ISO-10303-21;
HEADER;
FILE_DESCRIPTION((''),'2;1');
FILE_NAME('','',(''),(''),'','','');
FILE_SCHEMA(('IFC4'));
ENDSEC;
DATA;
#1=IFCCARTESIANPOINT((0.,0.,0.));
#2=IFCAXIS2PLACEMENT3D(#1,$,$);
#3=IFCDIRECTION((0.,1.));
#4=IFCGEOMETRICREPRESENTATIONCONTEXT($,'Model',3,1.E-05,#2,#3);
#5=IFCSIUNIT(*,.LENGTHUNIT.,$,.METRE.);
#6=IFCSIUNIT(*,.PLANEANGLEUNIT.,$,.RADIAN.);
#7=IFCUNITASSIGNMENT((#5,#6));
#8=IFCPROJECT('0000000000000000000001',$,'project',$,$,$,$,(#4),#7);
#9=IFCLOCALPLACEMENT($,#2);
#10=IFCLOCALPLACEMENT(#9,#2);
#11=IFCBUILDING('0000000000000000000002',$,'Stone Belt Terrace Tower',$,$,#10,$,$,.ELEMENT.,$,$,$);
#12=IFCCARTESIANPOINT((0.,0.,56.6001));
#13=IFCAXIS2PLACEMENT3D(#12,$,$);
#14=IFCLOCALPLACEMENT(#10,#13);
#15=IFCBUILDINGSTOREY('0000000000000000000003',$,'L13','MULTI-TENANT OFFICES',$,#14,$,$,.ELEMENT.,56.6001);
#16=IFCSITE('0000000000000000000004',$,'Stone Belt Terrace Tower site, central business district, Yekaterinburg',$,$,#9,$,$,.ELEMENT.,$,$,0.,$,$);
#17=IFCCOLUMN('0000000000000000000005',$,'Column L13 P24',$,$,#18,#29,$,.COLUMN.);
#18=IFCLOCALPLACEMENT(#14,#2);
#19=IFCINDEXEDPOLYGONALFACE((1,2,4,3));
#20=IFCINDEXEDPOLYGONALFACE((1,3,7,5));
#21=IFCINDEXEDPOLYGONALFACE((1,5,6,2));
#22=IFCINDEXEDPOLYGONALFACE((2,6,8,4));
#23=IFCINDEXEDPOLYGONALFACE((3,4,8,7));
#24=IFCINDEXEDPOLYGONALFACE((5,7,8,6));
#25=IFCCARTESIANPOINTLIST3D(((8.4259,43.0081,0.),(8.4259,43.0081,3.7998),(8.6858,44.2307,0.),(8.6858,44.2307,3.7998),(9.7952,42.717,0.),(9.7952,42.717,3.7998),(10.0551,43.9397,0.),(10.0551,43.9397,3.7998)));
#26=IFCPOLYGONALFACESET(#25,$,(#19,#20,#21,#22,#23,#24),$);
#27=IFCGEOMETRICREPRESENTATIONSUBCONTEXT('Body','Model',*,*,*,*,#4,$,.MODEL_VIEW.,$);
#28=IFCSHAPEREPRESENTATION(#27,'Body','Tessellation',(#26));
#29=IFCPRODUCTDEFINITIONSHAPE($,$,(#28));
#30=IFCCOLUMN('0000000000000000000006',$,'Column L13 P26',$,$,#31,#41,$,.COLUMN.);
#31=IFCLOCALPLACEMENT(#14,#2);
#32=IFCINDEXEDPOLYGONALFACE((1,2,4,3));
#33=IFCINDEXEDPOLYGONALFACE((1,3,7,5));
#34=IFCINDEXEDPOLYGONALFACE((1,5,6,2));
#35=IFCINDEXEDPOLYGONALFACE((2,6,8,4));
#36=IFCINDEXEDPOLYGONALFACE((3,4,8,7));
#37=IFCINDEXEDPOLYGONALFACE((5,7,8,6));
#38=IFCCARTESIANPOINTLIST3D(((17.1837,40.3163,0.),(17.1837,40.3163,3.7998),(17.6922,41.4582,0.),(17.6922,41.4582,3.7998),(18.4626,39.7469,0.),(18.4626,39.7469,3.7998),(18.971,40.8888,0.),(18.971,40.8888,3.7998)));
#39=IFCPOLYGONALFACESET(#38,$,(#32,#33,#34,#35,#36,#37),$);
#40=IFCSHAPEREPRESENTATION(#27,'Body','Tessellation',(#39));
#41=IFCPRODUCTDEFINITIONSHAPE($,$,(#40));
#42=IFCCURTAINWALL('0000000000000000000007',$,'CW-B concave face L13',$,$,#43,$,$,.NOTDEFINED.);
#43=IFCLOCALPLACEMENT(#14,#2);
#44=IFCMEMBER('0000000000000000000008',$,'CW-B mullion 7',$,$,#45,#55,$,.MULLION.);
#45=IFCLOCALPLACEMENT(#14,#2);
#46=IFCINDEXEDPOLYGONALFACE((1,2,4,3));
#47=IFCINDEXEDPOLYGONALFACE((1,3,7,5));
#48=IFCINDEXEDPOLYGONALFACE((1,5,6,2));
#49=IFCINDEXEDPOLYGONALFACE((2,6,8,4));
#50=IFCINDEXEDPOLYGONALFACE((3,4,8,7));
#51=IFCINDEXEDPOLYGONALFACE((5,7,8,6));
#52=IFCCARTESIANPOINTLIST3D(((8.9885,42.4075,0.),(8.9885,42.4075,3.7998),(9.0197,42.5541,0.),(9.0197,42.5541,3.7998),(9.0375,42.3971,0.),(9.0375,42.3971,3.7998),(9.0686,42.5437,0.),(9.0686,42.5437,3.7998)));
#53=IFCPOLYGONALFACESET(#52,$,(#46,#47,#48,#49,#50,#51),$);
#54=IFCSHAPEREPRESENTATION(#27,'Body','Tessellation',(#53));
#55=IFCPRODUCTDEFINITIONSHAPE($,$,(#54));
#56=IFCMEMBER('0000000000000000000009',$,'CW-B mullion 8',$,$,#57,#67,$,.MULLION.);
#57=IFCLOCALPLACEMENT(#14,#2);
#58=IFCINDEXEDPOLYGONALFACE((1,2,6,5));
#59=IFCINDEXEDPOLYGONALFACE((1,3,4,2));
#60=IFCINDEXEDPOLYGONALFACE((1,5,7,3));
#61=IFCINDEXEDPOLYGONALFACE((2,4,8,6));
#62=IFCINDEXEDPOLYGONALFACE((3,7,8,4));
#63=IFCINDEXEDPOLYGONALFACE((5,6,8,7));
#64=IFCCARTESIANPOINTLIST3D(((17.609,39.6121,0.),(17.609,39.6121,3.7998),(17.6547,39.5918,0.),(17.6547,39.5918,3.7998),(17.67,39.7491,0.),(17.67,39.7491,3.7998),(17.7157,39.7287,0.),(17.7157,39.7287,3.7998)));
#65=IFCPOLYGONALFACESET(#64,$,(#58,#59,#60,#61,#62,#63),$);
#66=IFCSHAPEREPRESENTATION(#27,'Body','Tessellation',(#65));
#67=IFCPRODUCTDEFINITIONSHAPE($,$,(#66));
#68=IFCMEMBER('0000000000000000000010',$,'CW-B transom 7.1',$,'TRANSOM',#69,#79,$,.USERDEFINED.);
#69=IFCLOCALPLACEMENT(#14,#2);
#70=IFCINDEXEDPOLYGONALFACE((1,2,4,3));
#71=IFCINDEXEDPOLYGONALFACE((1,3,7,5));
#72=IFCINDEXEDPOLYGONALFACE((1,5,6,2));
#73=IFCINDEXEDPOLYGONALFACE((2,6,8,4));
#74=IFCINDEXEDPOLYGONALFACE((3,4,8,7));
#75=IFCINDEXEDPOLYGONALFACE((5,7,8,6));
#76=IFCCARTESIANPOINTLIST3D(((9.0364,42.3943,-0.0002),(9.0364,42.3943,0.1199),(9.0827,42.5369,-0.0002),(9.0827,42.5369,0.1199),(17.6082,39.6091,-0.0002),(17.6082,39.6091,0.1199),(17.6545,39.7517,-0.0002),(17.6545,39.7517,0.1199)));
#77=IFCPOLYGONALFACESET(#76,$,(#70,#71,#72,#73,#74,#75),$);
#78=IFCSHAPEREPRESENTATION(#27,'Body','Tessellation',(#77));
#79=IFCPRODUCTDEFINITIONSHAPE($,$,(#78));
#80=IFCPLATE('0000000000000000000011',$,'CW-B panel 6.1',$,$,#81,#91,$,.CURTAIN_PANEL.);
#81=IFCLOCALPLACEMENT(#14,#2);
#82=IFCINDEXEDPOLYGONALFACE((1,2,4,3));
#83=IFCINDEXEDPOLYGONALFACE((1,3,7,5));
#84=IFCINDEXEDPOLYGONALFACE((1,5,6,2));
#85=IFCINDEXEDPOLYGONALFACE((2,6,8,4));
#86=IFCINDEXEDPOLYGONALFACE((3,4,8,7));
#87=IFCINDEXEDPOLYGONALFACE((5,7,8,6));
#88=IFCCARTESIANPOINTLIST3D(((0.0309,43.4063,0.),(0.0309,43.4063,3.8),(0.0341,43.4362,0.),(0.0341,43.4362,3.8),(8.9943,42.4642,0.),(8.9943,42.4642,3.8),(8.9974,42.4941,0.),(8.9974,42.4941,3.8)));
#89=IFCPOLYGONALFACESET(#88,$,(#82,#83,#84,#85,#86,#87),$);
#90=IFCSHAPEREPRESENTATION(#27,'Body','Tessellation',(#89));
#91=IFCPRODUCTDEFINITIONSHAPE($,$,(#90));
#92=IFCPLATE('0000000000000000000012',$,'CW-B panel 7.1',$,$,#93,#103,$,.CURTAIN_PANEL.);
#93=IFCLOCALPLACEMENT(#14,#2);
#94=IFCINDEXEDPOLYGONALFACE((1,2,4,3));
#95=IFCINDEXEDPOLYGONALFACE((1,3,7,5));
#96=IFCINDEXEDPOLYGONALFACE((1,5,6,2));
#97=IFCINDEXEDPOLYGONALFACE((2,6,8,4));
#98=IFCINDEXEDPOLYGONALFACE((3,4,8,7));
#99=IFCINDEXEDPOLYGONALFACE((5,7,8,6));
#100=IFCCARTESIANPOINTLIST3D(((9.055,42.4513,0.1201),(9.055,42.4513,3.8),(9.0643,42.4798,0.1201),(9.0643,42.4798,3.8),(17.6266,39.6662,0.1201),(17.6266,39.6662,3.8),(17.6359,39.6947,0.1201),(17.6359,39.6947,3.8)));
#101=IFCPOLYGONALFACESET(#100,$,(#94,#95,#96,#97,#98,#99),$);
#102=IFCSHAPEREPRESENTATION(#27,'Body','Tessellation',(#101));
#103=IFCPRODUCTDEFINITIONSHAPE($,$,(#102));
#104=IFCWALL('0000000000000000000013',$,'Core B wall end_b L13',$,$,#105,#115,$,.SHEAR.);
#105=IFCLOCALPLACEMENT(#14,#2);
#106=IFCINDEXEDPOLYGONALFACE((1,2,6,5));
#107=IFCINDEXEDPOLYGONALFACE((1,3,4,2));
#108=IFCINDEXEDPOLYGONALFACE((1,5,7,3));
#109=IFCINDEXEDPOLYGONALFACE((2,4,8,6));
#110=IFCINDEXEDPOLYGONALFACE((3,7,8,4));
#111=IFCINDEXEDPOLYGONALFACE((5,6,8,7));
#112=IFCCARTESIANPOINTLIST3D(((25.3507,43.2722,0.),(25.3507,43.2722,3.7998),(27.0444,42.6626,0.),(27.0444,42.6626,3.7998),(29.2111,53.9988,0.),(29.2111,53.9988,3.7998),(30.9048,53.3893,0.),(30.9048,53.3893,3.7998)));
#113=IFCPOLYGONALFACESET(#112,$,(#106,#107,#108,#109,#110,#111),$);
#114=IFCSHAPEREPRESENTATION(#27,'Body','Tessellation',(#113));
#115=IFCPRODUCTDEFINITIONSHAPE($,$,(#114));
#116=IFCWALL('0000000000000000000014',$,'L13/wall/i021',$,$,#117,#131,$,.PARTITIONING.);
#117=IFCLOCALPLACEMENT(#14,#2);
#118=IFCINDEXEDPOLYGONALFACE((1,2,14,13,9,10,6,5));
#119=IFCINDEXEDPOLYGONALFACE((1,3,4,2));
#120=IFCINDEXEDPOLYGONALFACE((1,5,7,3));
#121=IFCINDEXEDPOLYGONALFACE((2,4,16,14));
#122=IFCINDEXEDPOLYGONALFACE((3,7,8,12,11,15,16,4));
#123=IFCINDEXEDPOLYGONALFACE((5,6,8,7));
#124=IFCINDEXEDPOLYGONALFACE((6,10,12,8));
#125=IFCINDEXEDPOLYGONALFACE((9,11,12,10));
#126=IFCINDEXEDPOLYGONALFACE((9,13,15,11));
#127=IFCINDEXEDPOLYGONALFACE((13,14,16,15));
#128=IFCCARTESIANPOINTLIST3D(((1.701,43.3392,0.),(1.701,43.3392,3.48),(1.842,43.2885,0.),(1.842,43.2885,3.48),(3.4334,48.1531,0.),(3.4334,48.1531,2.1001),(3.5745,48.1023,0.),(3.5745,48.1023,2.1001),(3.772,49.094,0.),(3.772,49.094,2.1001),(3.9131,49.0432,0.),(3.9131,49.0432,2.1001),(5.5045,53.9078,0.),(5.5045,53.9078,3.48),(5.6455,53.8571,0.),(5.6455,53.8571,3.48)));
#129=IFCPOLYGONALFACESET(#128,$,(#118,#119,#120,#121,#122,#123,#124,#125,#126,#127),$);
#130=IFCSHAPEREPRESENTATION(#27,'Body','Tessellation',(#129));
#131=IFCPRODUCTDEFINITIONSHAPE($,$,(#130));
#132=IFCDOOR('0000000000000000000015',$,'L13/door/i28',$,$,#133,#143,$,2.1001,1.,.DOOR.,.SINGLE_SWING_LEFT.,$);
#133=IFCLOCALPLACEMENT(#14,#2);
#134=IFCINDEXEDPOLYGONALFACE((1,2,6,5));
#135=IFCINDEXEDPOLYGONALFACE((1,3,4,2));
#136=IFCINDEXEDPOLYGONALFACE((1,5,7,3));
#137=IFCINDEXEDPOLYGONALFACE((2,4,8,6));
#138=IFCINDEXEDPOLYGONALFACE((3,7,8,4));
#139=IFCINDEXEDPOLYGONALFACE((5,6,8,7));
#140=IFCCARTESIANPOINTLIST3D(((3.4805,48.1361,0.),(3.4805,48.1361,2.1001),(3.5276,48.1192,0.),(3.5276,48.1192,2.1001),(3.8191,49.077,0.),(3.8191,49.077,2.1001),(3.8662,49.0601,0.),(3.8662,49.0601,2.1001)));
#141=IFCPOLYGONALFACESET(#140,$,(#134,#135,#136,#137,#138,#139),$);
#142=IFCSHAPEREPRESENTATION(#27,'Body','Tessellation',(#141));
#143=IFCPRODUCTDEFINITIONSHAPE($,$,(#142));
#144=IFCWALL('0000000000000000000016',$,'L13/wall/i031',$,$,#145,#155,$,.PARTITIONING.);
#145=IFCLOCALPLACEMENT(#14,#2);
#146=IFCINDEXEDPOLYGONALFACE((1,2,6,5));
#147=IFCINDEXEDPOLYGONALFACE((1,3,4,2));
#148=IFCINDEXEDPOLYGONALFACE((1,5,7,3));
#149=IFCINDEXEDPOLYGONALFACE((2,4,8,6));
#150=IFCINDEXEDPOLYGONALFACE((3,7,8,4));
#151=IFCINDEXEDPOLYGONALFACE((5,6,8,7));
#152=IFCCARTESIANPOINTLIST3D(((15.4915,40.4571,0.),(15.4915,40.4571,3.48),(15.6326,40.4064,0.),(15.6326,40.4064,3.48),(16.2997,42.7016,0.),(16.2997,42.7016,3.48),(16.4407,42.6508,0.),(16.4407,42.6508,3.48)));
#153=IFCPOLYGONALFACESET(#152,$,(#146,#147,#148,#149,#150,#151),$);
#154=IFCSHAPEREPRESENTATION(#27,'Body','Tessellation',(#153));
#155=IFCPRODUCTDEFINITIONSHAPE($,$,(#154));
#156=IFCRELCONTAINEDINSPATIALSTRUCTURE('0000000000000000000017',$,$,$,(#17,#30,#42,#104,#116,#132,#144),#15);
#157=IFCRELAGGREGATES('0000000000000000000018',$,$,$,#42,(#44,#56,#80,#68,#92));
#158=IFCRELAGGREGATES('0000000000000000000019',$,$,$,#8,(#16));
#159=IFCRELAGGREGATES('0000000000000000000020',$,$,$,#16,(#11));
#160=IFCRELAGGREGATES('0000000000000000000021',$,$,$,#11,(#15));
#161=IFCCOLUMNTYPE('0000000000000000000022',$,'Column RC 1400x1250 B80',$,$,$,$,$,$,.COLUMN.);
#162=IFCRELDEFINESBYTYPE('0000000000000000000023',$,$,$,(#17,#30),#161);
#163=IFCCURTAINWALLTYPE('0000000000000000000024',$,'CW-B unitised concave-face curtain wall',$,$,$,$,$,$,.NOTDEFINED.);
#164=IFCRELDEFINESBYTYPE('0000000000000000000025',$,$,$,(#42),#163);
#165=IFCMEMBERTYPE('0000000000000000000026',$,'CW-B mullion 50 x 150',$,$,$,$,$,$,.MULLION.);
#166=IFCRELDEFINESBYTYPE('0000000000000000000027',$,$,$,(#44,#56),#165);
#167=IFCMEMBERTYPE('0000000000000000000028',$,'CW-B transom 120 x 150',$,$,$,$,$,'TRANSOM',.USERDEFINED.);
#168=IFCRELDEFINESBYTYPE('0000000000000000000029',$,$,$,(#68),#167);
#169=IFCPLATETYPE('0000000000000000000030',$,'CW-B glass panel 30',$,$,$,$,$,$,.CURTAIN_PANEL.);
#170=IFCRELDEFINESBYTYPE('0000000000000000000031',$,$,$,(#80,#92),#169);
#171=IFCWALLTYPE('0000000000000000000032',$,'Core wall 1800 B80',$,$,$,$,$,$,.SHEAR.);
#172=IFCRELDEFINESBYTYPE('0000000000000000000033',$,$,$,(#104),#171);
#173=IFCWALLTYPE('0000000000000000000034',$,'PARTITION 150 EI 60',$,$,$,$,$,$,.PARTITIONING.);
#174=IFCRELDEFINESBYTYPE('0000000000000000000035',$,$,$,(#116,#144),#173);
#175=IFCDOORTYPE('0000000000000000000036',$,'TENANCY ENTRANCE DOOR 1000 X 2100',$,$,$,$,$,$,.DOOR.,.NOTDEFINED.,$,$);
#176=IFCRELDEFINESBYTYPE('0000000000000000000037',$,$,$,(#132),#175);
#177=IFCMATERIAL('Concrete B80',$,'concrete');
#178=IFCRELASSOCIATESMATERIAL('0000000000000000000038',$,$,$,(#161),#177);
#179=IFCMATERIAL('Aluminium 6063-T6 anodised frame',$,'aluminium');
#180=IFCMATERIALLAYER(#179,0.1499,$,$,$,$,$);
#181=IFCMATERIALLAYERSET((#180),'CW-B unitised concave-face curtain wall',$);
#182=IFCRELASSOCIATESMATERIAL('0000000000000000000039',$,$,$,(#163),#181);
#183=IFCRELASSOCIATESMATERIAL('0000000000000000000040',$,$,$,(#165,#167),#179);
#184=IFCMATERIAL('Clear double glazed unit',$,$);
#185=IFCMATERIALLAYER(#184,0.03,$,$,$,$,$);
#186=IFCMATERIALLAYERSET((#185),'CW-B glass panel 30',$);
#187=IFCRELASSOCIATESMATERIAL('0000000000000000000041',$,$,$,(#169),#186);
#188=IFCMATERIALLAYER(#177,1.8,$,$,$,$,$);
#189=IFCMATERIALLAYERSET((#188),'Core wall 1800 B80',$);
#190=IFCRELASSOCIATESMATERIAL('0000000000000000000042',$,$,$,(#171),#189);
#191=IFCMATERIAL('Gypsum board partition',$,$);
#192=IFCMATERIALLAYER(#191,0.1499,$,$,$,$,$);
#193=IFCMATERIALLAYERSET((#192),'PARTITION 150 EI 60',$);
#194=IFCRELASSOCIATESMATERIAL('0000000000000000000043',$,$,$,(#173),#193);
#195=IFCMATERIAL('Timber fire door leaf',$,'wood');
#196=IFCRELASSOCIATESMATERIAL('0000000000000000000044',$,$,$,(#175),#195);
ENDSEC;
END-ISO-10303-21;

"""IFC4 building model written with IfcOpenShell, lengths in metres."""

from ifc_helpers import new_model, si_unit, direction, frame, frame_2d, origin, origin_2d, place, context, subcontext, project, spatial, rectangle, extrude, material, layer, layer_set, material_profile, profile_set, type_object, element, fill, aggregate, save


model = new_model("IFC4")

# Units and contexts
model_context = context("Model", 3, precision=1e-05, world=origin(), true_north=direction((0.0, 1.0)))
body_context = subcontext(model_context, "Body", "Model", "MODEL_VIEW")
ifc_project = project(units=[si_unit("LENGTHUNIT", "METRE"), si_unit("PLANEANGLEUNIT", "RADIAN")], contexts=[model_context])

# Site, building, storey
site_placement = place(None, origin())
site = spatial("IfcSite", under=ifc_project, at=site_placement, Name="Stone Belt Terrace Tower site, central business district, Yekaterinburg", CompositionType="ELEMENT", RefElevation=0.0)
building_placement = place(site_placement, origin())
building = spatial("IfcBuilding", under=site, at=building_placement, Name="Stone Belt Terrace Tower", CompositionType="ELEMENT")
storey_placement = place(building_placement, frame((0.0, 0.0, 56.6001)))
storey = spatial("IfcBuildingStorey", under=building, at=storey_placement, Name="L13", Description="MULTI-TENANT OFFICES", CompositionType="ELEMENT", Elevation=56.6001)

# Columns
ifc_material_1 = material(Name="Concrete B80", Category="concrete")
ifc_material_profile_1 = material_profile(ifc_material_1, rectangle(XDim=1.3999, YDim=1.25, at=origin_2d()), Name="RC 1400x1250")
ifc_profile_set_1 = profile_set([ifc_material_profile_1], Name="Concrete B80")
column_type = type_object("IfcColumnType", Name="Column RC 1400x1250 B80", PredefinedType="COLUMN", material=ifc_profile_set_1)
for number, where, z_axis, x_axis, name in (
    (1, (9.2405, 43.4739, 0.0), (0.0, 0.0, 1.0), (0.978148, -0.207912, 0.0), "Column L13 P24"),
    (2, (18.0774, 40.6025, 0.0), (0.0, 0.0, 1.0), (0.913545, -0.406737, 0.0), "Column L13 P26"),
):
    element("IfcColumn", number, at=place(storey_placement, frame(where, z_axis=z_axis, x_axis=x_axis)), inside=storey, type_object=column_type, Name=name, PredefinedType="COLUMN", context=body_context, shape_type="SweptSolid", body=[
        extrude(rectangle(XDim=1.3999, YDim=1.25, at=origin_2d()), origin(), (0.0, 0.0, 1.0), 3.7998),
    ])

# Curtain wall, members, plates
ifc_material_2 = material(Name="Aluminium 6063-T6 anodised frame", Category="aluminium")
ifc_layer_1 = layer(ifc_material_2, 0.1499)
ifc_layer_set_1 = layer_set([ifc_layer_1], Name="CW-B unitised concave-face curtain wall")
curtain_wall_type = type_object("IfcCurtainWallType", Name="CW-B unitised concave-face curtain wall", PredefinedType="NOTDEFINED", material=ifc_layer_set_1)
curtain_wall_placement = place(storey_placement, origin())
curtain_wall = element("IfcCurtainWall", 3, at=curtain_wall_placement, inside=storey, type_object=curtain_wall_type, Name="CW-B concave face L13", PredefinedType="NOTDEFINED")
ifc_material_profile_2 = material_profile(ifc_material_2, rectangle(XDim=0.1499, YDim=0.05, at=origin_2d()), Name="Aluminium 6063-T6 50x150")
ifc_profile_set_2 = profile_set([ifc_material_profile_2], Name="Aluminium 6063-T6 anodised frame")
member_type_1 = type_object("IfcMemberType", Name="CW-B mullion 50 x 150", PredefinedType="MULLION", material=ifc_profile_set_2)
member_1_placement = place(storey_placement, frame((9.0286, 42.4756, 0.0), z_axis=(0.0, 0.0, 1.0), x_axis=(0.207912, 0.978148, 0.0)))
member_1 = element("IfcMember", 4, at=member_1_placement, type_object=member_type_1, Name="CW-B mullion 7", PredefinedType="MULLION", context=body_context, shape_type="SweptSolid", body=[
    extrude(rectangle(XDim=0.1499, YDim=0.05, at=origin_2d()), origin(), (0.0, 0.0, 1.0), 3.7998),
])
member_2_placement = place(storey_placement, frame((17.6624, 39.6704, 0.0), z_axis=(0.0, 0.0, 1.0), x_axis=(0.406737, 0.913545, 0.0)))
member_2 = element("IfcMember", 5, at=member_2_placement, type_object=member_type_1, Name="CW-B mullion 8", PredefinedType="MULLION", context=body_context, shape_type="SweptSolid", body=[
    extrude(rectangle(XDim=0.1499, YDim=0.05, at=origin_2d()), origin(), (0.0, 0.0, 1.0), 3.7998),
])
ifc_material_profile_3 = material_profile(ifc_material_2, rectangle(XDim=0.1499, YDim=0.1201, at=origin_2d()), Name="Aluminium 6063-T6 150x120")
ifc_profile_set_3 = profile_set([ifc_material_profile_3], Name="Aluminium 6063-T6 anodised frame")
member_type_2 = type_object("IfcMemberType", Name="CW-B transom 120 x 150", ElementType="TRANSOM", PredefinedType="USERDEFINED", material=ifc_profile_set_3)
member_3_placement = place(storey_placement, frame((9.0596, 42.4656, 0.0598), z_axis=(0.951056, -0.309019, 0.0), x_axis=(0.309019, 0.951056, 0.0)))
member_3 = element("IfcMember", 6, at=member_3_placement, type_object=member_type_2, Name="CW-B transom 7.1", ObjectType="TRANSOM", PredefinedType="USERDEFINED", context=body_context, shape_type="SweptSolid", body=[
    extrude(rectangle(XDim=0.1499, YDim=0.1201, at=origin_2d()), origin(), (0.0, 0.0, 1.0), 9.0129),
])
ifc_material_3 = material(Name="Clear double glazed unit")
ifc_layer_2 = layer(ifc_material_3, 0.03)
ifc_layer_set_2 = layer_set([ifc_layer_2], Name="CW-B glass panel 30")
plate_type = type_object("IfcPlateType", Name="CW-B glass panel 30", PredefinedType="CURTAIN_PANEL", material=ifc_layer_set_2)
plate_1_placement = place(storey_placement, frame((4.5142, 42.9502, 0.0), z_axis=(0.0, 0.0, 1.0), x_axis=(0.994522, -0.104528, 0.0)))
plate_1 = element("IfcPlate", 7, at=plate_1_placement, type_object=plate_type, Name="CW-B panel 6.1", PredefinedType="CURTAIN_PANEL", context=body_context, shape_type="SweptSolid", body=[
    extrude(rectangle(XDim=9.0127, YDim=0.03, at=origin_2d()), origin(), (0.0, 0.0, 1.0), 3.8),
])
plate_2_placement = place(storey_placement, frame((13.3455, 41.073, 0.1201), z_axis=(0.0, 0.0, 1.0), x_axis=(0.951057, -0.309017, 0.0)))
plate_2 = element("IfcPlate", 8, at=plate_2_placement, type_object=plate_type, Name="CW-B panel 7.1", PredefinedType="CURTAIN_PANEL", context=body_context, shape_type="SweptSolid", body=[
    extrude(rectangle(XDim=9.0127, YDim=0.03, at=origin_2d()), origin(), (0.0, 0.0, 1.0), 3.6799),
])
aggregate(curtain_wall, [member_1, member_2, plate_1, member_3, plate_2])

# Wall
ifc_layer_3 = layer(ifc_material_1, 1.8)
ifc_layer_set_3 = layer_set([ifc_layer_3], Name="Core wall 1800 B80")
wall_type_1 = type_object("IfcWallType", Name="Core wall 1800 B80", PredefinedType="SHEAR", material=ifc_layer_set_3)
wall_1_placement = place(storey_placement, frame((26.1975, 42.9673, 0.0), z_axis=(0.0, 0.0, 1.0), x_axis=(0.338625, 0.940921, 0.0)))
element("IfcWall", 9, at=wall_1_placement, inside=storey, type_object=wall_type_1, Name="Core B wall end_b L13", PredefinedType="SHEAR", context=body_context, shape_type="SweptSolid", body=[
    extrude(rectangle(XDim=11.4001, YDim=1.8, at=frame_2d((5.7002, 0.0))), origin(), (0.0, 0.0, 1.0), 3.7998),
])

# Wall, opening, door
ifc_material_4 = material(Name="Gypsum board partition")
ifc_layer_4 = layer(ifc_material_4, 0.1499)
ifc_layer_set_4 = layer_set([ifc_layer_4], Name="PARTITION 150 EI 60")
wall_type_2 = type_object("IfcWallType", Name="PARTITION 150 EI 60", PredefinedType="PARTITIONING", material=ifc_layer_set_4)
wall_2_placement = place(storey_placement, frame((1.7715, 43.3137, 0.0), z_axis=(0.0, 0.0, 1.0), x_axis=(0.338622, 0.940922, 0.0)))
wall_2 = element("IfcWall", 10, at=wall_2_placement, inside=storey, type_object=wall_type_2, Name="L13/wall/i021", PredefinedType="PARTITIONING", context=body_context, shape_type="SweptSolid", body=[
    extrude(rectangle(XDim=11.2322, YDim=0.1499, at=frame_2d((5.6162, 0.0))), origin(), (0.0, 0.0, 1.0), 3.48),
])
opening_1_placement = place(wall_2_placement, frame((5.1162, 0.0, 0.0)))
opening_1 = element("IfcOpeningElement", 11, at=opening_1_placement, cuts=wall_2, PredefinedType="OPENING", context=body_context, shape_type="SweptSolid", body=[
    extrude(rectangle(XDim=1.0, YDim=2.1001, at=frame_2d((0.5, 1.05))), frame((0.0, 0.085, 0.0), z_axis=(0.0, -1.0, 0.0), x_axis=(1.0, 0.0, 0.0)), (0.0, 0.0, 1.0), 0.1699),
])
ifc_material_5 = material(Name="Timber fire door leaf", Category="wood")
door_type_1 = type_object("IfcDoorType", Name="TENANCY ENTRANCE DOOR 1000 X 2100", OperationType="NOTDEFINED", PredefinedType="DOOR", material=ifc_material_5)
door_1_placement = place(opening_1_placement, origin())
door_1 = element("IfcDoor", 12, at=door_1_placement, inside=storey, type_object=door_type_1, Name="L13/door/i28", OperationType="SINGLE_SWING_LEFT", OverallHeight=2.1001, OverallWidth=1.0, PredefinedType="DOOR", context=body_context, shape_type="SweptSolid", body=[
    extrude(rectangle(XDim=1.0, YDim=2.1001, at=frame_2d((0.5, 1.05))), frame((0.0, 0.0249, 0.0), z_axis=(0.0, -1.0, 0.0), x_axis=(1.0, 0.0, 0.0)), (0.0, 0.0, 1.0), 0.05),
])
fill(opening_1, door_1)

# Wall
wall_3_placement = place(storey_placement, frame((15.562, 40.4316, 0.0), z_axis=(0.0, 0.0, 1.0), x_axis=(0.338767, 0.94087, 0.0)))
element("IfcWall", 13, at=wall_3_placement, inside=storey, type_object=wall_type_2, Name="L13/wall/i031", PredefinedType="PARTITIONING", context=body_context, shape_type="SweptSolid", body=[
    extrude(rectangle(XDim=2.3855, YDim=0.1499, at=frame_2d((1.1929, 0.0))), origin(), (0.0, 0.0, 1.0), 3.48),
])

save(model, "model.ifc")
